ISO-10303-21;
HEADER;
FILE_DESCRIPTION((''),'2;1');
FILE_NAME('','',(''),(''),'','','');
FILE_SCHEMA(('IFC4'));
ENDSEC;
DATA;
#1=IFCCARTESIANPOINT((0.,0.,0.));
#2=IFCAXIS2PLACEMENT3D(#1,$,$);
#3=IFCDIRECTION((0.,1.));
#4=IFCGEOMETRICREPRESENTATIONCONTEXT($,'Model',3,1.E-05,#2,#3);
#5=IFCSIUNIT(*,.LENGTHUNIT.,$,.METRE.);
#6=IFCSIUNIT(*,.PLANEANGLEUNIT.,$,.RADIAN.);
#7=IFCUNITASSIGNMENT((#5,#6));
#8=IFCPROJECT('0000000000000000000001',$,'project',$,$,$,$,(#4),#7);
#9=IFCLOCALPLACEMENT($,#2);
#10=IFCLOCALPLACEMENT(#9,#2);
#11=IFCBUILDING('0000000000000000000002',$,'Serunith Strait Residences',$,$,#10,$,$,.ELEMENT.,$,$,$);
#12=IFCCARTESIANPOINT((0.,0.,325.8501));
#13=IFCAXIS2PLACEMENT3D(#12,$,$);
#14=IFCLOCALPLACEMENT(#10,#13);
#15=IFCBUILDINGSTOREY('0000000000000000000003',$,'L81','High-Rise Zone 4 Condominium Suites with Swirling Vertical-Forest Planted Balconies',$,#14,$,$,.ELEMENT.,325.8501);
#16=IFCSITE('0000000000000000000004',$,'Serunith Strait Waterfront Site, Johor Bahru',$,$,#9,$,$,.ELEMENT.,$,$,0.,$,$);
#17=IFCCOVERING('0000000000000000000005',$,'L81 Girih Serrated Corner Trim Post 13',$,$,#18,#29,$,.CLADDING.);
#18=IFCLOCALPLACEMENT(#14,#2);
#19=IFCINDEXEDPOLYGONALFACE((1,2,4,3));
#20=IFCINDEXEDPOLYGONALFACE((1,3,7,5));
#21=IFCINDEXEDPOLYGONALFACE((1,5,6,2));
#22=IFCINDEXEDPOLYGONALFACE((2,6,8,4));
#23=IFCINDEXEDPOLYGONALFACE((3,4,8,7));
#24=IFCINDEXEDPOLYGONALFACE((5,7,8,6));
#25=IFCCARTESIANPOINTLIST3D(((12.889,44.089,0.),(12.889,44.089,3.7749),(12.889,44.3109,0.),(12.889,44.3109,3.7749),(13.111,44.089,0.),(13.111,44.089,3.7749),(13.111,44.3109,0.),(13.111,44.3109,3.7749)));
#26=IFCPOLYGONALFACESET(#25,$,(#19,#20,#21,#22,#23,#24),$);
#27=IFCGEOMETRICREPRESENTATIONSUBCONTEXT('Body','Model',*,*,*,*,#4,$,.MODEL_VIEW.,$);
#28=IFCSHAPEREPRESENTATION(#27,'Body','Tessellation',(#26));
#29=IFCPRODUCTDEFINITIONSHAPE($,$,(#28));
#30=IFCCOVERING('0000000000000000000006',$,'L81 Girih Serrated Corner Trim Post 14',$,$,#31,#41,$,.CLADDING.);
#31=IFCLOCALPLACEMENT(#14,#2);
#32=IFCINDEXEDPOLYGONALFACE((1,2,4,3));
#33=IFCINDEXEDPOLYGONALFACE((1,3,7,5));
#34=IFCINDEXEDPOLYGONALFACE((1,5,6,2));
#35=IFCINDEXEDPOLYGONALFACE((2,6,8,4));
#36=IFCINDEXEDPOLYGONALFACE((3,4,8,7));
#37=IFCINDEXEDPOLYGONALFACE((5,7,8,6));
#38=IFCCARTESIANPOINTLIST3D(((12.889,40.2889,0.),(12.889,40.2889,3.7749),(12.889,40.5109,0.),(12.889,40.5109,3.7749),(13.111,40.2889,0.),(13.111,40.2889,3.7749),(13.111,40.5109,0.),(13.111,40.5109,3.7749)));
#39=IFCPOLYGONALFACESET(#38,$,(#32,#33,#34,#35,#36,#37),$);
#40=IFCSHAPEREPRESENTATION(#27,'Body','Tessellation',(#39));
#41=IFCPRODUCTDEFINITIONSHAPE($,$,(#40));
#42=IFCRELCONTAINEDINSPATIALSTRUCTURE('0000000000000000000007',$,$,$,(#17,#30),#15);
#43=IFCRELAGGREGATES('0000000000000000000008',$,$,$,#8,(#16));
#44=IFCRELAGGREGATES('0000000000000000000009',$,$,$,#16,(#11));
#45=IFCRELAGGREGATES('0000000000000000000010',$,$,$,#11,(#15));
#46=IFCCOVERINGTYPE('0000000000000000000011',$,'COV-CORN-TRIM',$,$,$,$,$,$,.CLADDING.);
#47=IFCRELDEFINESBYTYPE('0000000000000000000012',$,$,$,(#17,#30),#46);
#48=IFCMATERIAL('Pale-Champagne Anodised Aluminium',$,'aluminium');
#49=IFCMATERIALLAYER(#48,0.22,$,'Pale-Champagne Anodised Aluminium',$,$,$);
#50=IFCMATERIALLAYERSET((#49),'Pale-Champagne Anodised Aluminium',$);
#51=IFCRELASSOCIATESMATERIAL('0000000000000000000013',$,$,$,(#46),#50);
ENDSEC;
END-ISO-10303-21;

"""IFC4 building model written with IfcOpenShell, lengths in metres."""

from ifc_helpers import new_model, si_unit, direction, frame, origin, origin_2d, place, context, subcontext, project, spatial, rectangle, extrude, source, transform, mapped, material, layer, layer_set, type_object, element, save


model = new_model("IFC4")

# Units and contexts
model_context = context("Model", 3, precision=1e-05, world=origin(), true_north=direction((0.0, 1.0)))
body_context = subcontext(model_context, "Body", "Model", "MODEL_VIEW")
ifc_project = project(units=[si_unit("LENGTHUNIT", "METRE"), si_unit("PLANEANGLEUNIT", "RADIAN")], contexts=[model_context])

# Site, building, storey
site_placement = place(None, origin())
site = spatial("IfcSite", under=ifc_project, at=site_placement, Name="Serunith Strait Waterfront Site, Johor Bahru", CompositionType="ELEMENT", RefElevation=0.0)
building_placement = place(site_placement, origin())
building = spatial("IfcBuilding", under=site, at=building_placement, Name="Serunith Strait Residences", CompositionType="ELEMENT")
storey_placement = place(building_placement, frame((0.0, 0.0, 325.8501)))
storey = spatial("IfcBuildingStorey", under=building, at=storey_placement, Name="L81", Description="High-Rise Zone 4 Condominium Suites with Swirling Vertical-Forest Planted Balconies", CompositionType="ELEMENT", Elevation=325.8501)

# Coverings
ifc_material_1 = material(Name="Pale-Champagne Anodised Aluminium", Category="aluminium")
ifc_layer_1 = layer(ifc_material_1, 0.22, Name="Pale-Champagne Anodised Aluminium")
ifc_layer_set_1 = layer_set([ifc_layer_1], Name="Pale-Champagne Anodised Aluminium")
covering_type = type_object("IfcCoveringType", Name="COV-CORN-TRIM", PredefinedType="CLADDING", material=ifc_layer_set_1)
shared_shape_1 = source(origin(), body_context, "Body", "SweptSolid", [
    extrude(rectangle(XDim=0.2219, YDim=0.2219, at=origin_2d()), origin(), (0.0, 0.0, 1.0), 3.7749),
])
for number, where, z_axis, x_axis, name in (
    (1, (13.0, 44.2, 0.0), (0.0, 0.0, 1.0), (1.0, 0.0, 0.0), "L81 Girih Serrated Corner Trim Post 13"),
    (2, (13.0, 40.3999, 0.0), (0.0, 0.0, 1.0), (1.0, 0.0, 0.0), "L81 Girih Serrated Corner Trim Post 14"),
):
    element("IfcCovering", number, at=place(storey_placement, frame(where, z_axis=z_axis, x_axis=x_axis)), inside=storey, type_object=covering_type, Name=name, PredefinedType="CLADDING", context=body_context, shape_type="MappedRepresentation", body=[
        mapped(shared_shape_1, transform((0.0, 0.0, 0.0), scale=1.0)),
    ])

save(model, "model.ifc")
